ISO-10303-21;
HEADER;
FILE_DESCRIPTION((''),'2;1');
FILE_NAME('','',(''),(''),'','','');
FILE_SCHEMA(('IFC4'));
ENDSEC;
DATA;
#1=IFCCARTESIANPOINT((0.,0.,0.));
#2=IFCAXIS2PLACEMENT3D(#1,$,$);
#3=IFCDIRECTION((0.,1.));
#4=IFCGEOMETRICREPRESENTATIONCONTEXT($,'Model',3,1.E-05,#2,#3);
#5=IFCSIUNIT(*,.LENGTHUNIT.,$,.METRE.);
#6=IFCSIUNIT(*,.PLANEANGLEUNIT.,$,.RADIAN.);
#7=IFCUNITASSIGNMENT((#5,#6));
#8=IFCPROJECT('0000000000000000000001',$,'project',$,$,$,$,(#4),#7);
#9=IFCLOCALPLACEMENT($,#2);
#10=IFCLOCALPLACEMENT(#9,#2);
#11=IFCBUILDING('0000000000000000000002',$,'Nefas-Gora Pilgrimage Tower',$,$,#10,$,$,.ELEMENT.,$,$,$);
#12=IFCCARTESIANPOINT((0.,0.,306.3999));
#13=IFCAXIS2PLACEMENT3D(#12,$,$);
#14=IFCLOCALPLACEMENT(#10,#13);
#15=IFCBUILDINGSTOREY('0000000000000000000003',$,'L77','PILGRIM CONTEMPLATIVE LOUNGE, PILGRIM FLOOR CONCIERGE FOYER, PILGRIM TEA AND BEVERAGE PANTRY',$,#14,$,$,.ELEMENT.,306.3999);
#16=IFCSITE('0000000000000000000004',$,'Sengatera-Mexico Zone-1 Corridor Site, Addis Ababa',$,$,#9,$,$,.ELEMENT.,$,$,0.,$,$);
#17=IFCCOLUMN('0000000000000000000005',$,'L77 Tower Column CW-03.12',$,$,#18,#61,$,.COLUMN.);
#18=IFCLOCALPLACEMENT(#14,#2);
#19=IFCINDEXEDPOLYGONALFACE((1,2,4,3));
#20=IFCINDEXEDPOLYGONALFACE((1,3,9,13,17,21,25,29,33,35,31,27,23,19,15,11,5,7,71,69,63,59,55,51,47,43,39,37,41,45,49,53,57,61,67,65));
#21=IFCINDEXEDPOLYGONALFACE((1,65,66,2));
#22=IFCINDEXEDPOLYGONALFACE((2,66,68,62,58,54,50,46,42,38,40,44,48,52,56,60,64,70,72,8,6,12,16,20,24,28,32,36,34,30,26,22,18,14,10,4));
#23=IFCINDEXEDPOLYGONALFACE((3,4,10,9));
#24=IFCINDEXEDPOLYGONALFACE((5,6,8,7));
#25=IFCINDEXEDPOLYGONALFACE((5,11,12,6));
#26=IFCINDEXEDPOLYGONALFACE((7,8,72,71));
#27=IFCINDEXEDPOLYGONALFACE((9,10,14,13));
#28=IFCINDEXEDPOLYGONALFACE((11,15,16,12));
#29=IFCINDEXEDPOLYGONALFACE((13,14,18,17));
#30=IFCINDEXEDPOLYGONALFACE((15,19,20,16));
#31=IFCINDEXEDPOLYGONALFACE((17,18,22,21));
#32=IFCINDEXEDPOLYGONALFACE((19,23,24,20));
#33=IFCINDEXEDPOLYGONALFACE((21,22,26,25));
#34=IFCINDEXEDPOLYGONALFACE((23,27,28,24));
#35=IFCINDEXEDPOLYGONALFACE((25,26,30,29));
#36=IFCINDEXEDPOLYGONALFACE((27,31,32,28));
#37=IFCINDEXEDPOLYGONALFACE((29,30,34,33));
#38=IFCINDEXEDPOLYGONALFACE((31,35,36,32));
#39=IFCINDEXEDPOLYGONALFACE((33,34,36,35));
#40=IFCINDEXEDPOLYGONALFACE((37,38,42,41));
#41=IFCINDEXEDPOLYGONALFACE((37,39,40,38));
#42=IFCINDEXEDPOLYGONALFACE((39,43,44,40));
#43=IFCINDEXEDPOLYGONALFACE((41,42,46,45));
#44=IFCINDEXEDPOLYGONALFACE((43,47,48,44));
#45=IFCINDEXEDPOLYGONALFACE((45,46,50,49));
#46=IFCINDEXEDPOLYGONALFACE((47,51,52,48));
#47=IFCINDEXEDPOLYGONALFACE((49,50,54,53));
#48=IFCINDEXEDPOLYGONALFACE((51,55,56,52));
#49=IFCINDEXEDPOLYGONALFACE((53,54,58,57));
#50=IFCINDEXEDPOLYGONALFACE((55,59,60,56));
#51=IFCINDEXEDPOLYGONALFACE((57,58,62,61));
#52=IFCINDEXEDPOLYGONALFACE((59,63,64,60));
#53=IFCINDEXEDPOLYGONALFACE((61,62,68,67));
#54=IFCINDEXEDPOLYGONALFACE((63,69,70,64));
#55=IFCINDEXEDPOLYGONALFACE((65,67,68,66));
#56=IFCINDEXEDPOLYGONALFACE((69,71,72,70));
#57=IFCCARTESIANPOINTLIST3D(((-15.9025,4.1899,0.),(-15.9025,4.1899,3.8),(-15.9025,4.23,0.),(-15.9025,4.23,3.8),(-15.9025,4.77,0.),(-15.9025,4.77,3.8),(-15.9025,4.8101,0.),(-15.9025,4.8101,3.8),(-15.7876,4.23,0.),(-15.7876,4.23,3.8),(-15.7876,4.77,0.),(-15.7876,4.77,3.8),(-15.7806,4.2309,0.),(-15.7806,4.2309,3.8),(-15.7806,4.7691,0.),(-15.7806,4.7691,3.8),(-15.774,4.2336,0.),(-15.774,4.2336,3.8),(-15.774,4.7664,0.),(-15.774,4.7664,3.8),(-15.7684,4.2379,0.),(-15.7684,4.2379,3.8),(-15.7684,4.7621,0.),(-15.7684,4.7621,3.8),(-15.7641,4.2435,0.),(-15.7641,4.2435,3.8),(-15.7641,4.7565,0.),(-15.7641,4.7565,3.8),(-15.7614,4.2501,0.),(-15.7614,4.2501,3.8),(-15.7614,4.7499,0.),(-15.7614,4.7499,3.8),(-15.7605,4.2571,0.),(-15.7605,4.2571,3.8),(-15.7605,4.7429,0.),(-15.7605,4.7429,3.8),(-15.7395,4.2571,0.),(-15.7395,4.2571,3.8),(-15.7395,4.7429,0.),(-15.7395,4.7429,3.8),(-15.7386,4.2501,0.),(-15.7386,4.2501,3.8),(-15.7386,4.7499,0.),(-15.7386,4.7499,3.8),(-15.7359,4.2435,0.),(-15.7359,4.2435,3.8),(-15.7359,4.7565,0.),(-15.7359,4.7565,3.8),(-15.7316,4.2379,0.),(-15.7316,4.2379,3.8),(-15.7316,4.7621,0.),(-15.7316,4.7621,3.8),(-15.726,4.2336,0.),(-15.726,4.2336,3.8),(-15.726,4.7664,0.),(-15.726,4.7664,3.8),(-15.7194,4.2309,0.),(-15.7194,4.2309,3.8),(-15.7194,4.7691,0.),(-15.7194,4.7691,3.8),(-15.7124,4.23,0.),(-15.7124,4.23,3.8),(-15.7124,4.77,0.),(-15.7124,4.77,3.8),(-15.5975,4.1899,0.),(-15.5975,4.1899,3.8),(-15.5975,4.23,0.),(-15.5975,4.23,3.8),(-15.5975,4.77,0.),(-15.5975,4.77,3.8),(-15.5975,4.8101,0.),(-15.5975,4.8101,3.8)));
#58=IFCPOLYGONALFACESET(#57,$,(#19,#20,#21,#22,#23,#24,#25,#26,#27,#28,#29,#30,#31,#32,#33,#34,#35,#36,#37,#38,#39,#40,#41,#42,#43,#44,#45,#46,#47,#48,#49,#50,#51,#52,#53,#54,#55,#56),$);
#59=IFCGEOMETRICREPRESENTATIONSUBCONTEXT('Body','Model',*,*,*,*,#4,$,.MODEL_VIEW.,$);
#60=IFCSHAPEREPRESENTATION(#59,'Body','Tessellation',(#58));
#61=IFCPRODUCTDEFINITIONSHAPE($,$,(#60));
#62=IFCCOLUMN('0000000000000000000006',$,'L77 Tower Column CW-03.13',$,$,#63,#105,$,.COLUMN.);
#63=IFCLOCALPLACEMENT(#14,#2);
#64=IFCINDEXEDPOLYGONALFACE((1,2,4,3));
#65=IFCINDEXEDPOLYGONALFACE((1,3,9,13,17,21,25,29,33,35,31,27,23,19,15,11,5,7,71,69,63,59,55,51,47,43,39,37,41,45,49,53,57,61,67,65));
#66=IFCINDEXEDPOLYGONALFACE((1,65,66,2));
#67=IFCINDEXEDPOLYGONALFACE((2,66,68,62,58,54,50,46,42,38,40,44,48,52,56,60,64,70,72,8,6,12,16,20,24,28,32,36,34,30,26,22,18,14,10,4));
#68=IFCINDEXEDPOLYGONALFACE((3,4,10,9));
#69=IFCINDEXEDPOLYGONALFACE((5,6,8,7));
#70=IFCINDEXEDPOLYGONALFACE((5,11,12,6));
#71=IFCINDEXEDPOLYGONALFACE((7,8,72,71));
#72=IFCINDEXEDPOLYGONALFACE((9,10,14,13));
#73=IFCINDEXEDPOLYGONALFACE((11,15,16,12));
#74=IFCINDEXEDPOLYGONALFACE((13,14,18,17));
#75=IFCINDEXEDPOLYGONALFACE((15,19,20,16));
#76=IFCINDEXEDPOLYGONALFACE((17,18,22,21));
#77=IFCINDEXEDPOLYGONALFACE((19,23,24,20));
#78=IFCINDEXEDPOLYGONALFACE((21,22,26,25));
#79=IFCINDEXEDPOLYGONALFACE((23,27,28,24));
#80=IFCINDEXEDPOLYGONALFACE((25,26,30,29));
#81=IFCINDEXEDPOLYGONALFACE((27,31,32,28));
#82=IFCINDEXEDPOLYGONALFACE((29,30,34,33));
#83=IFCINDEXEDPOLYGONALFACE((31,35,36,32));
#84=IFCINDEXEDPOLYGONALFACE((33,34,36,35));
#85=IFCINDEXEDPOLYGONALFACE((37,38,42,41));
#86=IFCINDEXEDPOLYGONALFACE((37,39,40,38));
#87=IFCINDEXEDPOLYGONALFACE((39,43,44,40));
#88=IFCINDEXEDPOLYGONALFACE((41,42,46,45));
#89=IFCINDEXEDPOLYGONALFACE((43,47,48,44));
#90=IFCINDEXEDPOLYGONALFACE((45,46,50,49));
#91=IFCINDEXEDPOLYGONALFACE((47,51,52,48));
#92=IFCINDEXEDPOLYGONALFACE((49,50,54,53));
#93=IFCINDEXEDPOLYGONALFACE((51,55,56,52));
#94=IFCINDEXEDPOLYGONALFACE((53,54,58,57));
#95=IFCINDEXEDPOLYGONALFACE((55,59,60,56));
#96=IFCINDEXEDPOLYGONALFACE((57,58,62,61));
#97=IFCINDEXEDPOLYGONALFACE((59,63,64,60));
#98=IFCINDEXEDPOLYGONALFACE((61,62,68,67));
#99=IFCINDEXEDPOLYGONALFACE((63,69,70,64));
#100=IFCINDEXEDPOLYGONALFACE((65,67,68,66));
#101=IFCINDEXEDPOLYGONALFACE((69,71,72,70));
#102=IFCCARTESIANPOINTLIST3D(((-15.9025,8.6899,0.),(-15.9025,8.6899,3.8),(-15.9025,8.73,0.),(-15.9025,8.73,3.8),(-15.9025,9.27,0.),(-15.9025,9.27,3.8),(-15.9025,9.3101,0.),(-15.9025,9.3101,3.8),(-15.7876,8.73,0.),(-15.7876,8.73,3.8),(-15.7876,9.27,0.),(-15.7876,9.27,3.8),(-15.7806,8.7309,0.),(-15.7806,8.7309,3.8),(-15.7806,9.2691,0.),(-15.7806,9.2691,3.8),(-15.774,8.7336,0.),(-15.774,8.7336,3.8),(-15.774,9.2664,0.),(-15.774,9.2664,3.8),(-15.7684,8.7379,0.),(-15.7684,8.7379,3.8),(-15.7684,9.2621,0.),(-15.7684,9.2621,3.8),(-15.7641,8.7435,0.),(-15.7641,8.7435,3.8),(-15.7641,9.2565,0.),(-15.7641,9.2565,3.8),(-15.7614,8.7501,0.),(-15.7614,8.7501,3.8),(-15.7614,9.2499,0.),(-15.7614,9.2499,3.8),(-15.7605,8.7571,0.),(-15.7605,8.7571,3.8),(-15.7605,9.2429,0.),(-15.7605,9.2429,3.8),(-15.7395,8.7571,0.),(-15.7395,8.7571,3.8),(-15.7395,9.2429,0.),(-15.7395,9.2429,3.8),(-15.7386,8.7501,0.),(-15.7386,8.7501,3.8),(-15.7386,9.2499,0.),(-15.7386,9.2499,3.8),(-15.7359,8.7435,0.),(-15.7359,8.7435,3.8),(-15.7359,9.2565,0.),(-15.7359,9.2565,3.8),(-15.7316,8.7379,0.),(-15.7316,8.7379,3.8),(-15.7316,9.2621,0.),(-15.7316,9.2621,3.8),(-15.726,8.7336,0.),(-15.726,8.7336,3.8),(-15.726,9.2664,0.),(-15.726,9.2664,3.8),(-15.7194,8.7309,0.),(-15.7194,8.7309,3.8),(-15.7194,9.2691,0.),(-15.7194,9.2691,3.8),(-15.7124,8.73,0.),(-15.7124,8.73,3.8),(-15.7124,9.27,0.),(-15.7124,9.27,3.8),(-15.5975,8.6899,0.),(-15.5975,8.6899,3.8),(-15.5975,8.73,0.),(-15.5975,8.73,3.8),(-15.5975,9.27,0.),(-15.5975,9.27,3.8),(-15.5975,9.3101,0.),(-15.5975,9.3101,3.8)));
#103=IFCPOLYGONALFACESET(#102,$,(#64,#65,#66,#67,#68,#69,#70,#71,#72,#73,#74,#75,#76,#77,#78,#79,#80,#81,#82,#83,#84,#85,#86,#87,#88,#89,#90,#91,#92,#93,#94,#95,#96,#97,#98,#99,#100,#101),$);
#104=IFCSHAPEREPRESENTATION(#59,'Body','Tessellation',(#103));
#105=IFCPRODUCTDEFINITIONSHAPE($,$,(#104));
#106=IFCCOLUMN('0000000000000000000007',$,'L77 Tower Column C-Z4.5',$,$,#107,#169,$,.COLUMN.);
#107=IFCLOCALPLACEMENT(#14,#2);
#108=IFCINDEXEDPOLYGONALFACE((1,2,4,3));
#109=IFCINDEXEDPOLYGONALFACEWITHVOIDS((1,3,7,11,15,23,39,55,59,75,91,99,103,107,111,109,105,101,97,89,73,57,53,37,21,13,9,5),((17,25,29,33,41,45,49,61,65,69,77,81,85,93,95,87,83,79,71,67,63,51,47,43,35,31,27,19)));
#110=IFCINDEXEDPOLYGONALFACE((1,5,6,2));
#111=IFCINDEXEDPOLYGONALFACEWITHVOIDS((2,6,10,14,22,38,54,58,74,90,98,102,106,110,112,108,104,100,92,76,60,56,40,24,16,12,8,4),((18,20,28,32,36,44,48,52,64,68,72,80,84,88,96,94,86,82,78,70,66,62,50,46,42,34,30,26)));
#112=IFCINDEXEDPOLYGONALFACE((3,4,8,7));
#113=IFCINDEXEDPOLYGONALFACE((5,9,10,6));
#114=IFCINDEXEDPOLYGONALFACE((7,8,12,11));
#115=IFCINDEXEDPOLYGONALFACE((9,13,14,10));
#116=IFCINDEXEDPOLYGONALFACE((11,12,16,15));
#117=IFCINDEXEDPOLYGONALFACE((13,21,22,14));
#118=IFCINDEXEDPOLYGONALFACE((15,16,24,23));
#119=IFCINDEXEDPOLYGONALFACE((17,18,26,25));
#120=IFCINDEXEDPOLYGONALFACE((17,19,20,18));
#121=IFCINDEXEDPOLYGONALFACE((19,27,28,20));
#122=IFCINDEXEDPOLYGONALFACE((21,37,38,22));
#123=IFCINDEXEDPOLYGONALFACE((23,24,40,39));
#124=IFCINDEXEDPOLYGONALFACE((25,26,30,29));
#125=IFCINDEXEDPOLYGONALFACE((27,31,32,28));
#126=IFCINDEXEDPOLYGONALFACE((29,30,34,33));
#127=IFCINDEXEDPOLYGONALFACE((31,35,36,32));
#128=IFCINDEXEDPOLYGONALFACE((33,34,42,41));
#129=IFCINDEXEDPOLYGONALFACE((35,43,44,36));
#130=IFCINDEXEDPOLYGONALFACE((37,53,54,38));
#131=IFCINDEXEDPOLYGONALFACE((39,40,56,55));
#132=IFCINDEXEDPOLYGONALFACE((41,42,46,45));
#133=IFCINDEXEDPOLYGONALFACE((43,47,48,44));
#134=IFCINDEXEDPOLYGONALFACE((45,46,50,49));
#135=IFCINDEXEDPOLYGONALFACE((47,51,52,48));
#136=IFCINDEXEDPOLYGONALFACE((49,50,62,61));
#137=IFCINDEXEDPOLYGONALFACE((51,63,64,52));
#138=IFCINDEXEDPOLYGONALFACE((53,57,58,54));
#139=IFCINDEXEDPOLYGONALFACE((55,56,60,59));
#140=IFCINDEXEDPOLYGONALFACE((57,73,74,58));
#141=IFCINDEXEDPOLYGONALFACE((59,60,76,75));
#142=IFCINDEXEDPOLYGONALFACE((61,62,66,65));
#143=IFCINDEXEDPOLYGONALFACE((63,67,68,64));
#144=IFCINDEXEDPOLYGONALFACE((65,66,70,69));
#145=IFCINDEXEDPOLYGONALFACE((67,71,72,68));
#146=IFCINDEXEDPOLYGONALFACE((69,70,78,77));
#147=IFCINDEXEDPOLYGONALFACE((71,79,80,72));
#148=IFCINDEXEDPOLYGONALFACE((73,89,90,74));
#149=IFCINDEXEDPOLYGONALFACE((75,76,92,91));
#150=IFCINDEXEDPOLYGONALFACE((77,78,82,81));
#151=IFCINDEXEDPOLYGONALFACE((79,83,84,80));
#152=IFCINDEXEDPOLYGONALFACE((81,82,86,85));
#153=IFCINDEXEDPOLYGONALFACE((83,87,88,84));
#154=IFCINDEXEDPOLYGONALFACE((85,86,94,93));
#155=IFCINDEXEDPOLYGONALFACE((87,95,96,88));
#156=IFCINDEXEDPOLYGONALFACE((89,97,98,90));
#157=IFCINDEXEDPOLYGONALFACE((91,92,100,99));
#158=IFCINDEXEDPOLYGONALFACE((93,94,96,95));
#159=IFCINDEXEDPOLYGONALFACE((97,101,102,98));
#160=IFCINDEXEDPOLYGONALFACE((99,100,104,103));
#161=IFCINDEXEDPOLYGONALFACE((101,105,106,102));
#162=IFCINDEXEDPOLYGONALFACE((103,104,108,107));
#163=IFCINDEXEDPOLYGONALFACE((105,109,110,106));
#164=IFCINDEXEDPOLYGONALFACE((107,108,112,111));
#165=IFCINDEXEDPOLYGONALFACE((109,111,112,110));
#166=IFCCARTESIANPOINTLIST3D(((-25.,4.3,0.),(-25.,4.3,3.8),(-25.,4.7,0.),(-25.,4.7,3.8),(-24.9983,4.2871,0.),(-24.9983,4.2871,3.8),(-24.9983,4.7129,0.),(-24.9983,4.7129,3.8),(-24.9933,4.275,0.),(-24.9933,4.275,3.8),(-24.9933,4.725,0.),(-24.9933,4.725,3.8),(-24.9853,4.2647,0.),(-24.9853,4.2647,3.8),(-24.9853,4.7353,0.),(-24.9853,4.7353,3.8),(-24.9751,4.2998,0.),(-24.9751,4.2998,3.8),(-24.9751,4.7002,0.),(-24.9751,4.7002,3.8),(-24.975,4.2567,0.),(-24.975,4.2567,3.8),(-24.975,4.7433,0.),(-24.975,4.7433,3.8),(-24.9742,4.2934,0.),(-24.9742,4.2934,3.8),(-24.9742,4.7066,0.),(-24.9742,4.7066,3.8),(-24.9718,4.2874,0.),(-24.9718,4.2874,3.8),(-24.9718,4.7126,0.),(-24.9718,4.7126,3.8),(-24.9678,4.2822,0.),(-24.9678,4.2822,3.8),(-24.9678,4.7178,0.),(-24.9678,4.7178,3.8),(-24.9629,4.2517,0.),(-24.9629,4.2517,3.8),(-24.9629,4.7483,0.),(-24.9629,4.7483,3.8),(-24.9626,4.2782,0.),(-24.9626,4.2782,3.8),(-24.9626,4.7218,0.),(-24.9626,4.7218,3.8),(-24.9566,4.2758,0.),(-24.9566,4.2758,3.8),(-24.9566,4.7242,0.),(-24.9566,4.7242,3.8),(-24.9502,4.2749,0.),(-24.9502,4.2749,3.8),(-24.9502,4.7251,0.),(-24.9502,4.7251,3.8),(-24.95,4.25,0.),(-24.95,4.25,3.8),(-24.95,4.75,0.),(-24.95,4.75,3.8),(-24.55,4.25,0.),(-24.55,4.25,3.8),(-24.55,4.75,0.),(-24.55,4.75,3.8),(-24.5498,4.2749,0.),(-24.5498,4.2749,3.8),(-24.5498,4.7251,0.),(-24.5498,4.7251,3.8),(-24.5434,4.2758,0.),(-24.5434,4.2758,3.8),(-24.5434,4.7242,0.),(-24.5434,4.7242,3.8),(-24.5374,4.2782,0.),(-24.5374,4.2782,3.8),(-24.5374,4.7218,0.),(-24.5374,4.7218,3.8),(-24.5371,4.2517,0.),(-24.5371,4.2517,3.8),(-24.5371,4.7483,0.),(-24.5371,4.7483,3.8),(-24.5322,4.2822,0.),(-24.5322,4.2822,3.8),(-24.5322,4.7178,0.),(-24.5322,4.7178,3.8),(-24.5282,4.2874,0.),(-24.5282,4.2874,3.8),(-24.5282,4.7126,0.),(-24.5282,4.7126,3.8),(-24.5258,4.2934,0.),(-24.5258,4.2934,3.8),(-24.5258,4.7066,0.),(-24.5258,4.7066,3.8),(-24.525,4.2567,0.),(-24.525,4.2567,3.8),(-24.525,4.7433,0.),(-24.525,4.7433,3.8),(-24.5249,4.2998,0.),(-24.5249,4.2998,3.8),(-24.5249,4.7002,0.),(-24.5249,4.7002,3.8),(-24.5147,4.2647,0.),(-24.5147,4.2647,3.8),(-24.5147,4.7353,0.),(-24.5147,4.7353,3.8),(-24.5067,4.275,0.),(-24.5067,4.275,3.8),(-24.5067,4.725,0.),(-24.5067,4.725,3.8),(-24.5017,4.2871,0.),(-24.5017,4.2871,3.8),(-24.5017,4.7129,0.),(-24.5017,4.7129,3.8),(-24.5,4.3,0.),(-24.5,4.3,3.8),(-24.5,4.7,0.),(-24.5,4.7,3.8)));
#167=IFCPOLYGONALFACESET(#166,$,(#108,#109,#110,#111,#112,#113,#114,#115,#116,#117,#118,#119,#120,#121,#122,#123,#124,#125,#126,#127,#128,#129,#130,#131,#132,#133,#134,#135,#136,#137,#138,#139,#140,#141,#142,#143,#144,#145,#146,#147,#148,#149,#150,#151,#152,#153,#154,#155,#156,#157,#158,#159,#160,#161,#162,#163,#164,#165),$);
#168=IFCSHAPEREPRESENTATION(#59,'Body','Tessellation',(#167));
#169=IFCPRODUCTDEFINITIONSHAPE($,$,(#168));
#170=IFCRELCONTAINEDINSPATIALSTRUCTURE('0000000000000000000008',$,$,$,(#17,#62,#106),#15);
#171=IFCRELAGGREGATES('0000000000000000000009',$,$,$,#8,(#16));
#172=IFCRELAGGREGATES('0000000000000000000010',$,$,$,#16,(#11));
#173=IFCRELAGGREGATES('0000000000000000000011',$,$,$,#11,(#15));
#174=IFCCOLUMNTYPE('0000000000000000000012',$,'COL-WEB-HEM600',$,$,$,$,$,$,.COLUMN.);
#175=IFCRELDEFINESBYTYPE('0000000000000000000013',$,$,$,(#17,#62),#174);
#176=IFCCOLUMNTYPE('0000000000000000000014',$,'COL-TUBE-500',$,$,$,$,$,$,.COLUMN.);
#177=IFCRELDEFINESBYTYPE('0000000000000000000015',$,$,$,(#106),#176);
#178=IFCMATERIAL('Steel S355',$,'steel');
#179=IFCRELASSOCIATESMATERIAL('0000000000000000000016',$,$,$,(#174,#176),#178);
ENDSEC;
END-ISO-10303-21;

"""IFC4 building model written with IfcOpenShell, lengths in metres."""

from ifc_helpers import new_model, si_unit, direction, frame, origin, origin_2d, place, context, subcontext, project, spatial, hollow_rectangle, i_section, extrude, source, transform, mapped, material, material_profile, profile_set, type_object, element, save


model = new_model("IFC4")

# Units and contexts
model_context = context("Model", 3, precision=1e-05, world=origin(), true_north=direction((0.0, 1.0)))
body_context = subcontext(model_context, "Body", "Model", "MODEL_VIEW")
ifc_project = project(units=[si_unit("LENGTHUNIT", "METRE"), si_unit("PLANEANGLEUNIT", "RADIAN")], contexts=[model_context])

# Site, building, storey
site_placement = place(None, origin())
site = spatial("IfcSite", under=ifc_project, at=site_placement, Name="Sengatera-Mexico Zone-1 Corridor Site, Addis Ababa", CompositionType="ELEMENT", RefElevation=0.0)
building_placement = place(site_placement, origin())
building = spatial("IfcBuilding", under=site, at=building_placement, Name="Nefas-Gora Pilgrimage Tower", CompositionType="ELEMENT")
storey_placement = place(building_placement, frame((0.0, 0.0, 306.3999)))
storey = spatial("IfcBuildingStorey", under=building, at=storey_placement, Name="L77", Description="PILGRIM CONTEMPLATIVE LOUNGE, PILGRIM FLOOR CONCIERGE FOYER, PILGRIM TEA AND BEVERAGE PANTRY", CompositionType="ELEMENT", Elevation=306.3999)

# Columns
ifc_material_1 = material(Name="Steel S355", Category="steel")
ifc_material_profile_1 = material_profile(ifc_material_1, i_section(OverallWidth=0.3049, OverallDepth=0.6201, WebThickness=0.021, FlangeThickness=0.04, FilletRadius=0.0271, at=origin_2d()), Name="HEM 600")
ifc_profile_set_1 = profile_set([ifc_material_profile_1], Name="Steel S355")
column_type_1 = type_object("IfcColumnType", Name="COL-WEB-HEM600", PredefinedType="COLUMN", material=ifc_profile_set_1)
shared_shape_1 = source(origin(), body_context, "Body", "SweptSolid", [
    extrude(i_section(OverallWidth=0.3049, OverallDepth=0.6201, WebThickness=0.021, FlangeThickness=0.04, FilletRadius=0.0271, at=origin_2d()), origin(), (0.0, 0.0, 1.0), 3.8),
])
for number, where, z_axis, x_axis, name in (
    (1, (-15.75, 4.5, 0.0), (0.0, 0.0, 1.0), (1.0, 0.0, 0.0), "L77 Tower Column CW-03.12"),
    (2, (-15.75, 9.0, 0.0), (0.0, 0.0, 1.0), (1.0, 0.0, 0.0), "L77 Tower Column CW-03.13"),
):
    element("IfcColumn", number, at=place(storey_placement, frame(where, z_axis=z_axis, x_axis=x_axis)), inside=storey, type_object=column_type_1, Name=name, PredefinedType="COLUMN", context=body_context, shape_type="MappedRepresentation", body=[
        mapped(shared_shape_1, transform((0.0, 0.0, 0.0), x_axis=(1.0, 0.0, 0.0), y_axis=(0.0, 1.0, 0.0), z_axis=(0.0, 0.0, 1.0), scale=1.0)),
    ])
ifc_material_profile_2 = material_profile(ifc_material_1, hollow_rectangle(XDim=0.5, YDim=0.5, WallThickness=0.0249, InnerFilletRadius=0.0249, OuterFilletRadius=0.05, at=origin_2d()), Name="SHS 500x500x25")
ifc_profile_set_2 = profile_set([ifc_material_profile_2], Name="Steel S355")
column_type_2 = type_object("IfcColumnType", Name="COL-TUBE-500", PredefinedType="COLUMN", material=ifc_profile_set_2)
shared_shape_2 = source(origin(), body_context, "Body", "SweptSolid", [
    extrude(hollow_rectangle(XDim=0.5, YDim=0.5, WallThickness=0.0249, InnerFilletRadius=0.0249, OuterFilletRadius=0.05, at=origin_2d()), origin(), (0.0, 0.0, 1.0), 3.8),
])
for number, where, z_axis, x_axis, name in (
    (3, (-24.75, 4.5, 0.0), (0.0, 0.0, 1.0), (1.0, 0.0, 0.0), "L77 Tower Column C-Z4.5"),
):
    element("IfcColumn", number, at=place(storey_placement, frame(where, z_axis=z_axis, x_axis=x_axis)), inside=storey, type_object=column_type_2, Name=name, PredefinedType="COLUMN", context=body_context, shape_type="MappedRepresentation", body=[
        mapped(shared_shape_2, transform((0.0, 0.0, 0.0), x_axis=(1.0, 0.0, 0.0), y_axis=(0.0, 1.0, 0.0), z_axis=(0.0, 0.0, 1.0), scale=1.0)),
    ])

save(model, "model.ifc")
